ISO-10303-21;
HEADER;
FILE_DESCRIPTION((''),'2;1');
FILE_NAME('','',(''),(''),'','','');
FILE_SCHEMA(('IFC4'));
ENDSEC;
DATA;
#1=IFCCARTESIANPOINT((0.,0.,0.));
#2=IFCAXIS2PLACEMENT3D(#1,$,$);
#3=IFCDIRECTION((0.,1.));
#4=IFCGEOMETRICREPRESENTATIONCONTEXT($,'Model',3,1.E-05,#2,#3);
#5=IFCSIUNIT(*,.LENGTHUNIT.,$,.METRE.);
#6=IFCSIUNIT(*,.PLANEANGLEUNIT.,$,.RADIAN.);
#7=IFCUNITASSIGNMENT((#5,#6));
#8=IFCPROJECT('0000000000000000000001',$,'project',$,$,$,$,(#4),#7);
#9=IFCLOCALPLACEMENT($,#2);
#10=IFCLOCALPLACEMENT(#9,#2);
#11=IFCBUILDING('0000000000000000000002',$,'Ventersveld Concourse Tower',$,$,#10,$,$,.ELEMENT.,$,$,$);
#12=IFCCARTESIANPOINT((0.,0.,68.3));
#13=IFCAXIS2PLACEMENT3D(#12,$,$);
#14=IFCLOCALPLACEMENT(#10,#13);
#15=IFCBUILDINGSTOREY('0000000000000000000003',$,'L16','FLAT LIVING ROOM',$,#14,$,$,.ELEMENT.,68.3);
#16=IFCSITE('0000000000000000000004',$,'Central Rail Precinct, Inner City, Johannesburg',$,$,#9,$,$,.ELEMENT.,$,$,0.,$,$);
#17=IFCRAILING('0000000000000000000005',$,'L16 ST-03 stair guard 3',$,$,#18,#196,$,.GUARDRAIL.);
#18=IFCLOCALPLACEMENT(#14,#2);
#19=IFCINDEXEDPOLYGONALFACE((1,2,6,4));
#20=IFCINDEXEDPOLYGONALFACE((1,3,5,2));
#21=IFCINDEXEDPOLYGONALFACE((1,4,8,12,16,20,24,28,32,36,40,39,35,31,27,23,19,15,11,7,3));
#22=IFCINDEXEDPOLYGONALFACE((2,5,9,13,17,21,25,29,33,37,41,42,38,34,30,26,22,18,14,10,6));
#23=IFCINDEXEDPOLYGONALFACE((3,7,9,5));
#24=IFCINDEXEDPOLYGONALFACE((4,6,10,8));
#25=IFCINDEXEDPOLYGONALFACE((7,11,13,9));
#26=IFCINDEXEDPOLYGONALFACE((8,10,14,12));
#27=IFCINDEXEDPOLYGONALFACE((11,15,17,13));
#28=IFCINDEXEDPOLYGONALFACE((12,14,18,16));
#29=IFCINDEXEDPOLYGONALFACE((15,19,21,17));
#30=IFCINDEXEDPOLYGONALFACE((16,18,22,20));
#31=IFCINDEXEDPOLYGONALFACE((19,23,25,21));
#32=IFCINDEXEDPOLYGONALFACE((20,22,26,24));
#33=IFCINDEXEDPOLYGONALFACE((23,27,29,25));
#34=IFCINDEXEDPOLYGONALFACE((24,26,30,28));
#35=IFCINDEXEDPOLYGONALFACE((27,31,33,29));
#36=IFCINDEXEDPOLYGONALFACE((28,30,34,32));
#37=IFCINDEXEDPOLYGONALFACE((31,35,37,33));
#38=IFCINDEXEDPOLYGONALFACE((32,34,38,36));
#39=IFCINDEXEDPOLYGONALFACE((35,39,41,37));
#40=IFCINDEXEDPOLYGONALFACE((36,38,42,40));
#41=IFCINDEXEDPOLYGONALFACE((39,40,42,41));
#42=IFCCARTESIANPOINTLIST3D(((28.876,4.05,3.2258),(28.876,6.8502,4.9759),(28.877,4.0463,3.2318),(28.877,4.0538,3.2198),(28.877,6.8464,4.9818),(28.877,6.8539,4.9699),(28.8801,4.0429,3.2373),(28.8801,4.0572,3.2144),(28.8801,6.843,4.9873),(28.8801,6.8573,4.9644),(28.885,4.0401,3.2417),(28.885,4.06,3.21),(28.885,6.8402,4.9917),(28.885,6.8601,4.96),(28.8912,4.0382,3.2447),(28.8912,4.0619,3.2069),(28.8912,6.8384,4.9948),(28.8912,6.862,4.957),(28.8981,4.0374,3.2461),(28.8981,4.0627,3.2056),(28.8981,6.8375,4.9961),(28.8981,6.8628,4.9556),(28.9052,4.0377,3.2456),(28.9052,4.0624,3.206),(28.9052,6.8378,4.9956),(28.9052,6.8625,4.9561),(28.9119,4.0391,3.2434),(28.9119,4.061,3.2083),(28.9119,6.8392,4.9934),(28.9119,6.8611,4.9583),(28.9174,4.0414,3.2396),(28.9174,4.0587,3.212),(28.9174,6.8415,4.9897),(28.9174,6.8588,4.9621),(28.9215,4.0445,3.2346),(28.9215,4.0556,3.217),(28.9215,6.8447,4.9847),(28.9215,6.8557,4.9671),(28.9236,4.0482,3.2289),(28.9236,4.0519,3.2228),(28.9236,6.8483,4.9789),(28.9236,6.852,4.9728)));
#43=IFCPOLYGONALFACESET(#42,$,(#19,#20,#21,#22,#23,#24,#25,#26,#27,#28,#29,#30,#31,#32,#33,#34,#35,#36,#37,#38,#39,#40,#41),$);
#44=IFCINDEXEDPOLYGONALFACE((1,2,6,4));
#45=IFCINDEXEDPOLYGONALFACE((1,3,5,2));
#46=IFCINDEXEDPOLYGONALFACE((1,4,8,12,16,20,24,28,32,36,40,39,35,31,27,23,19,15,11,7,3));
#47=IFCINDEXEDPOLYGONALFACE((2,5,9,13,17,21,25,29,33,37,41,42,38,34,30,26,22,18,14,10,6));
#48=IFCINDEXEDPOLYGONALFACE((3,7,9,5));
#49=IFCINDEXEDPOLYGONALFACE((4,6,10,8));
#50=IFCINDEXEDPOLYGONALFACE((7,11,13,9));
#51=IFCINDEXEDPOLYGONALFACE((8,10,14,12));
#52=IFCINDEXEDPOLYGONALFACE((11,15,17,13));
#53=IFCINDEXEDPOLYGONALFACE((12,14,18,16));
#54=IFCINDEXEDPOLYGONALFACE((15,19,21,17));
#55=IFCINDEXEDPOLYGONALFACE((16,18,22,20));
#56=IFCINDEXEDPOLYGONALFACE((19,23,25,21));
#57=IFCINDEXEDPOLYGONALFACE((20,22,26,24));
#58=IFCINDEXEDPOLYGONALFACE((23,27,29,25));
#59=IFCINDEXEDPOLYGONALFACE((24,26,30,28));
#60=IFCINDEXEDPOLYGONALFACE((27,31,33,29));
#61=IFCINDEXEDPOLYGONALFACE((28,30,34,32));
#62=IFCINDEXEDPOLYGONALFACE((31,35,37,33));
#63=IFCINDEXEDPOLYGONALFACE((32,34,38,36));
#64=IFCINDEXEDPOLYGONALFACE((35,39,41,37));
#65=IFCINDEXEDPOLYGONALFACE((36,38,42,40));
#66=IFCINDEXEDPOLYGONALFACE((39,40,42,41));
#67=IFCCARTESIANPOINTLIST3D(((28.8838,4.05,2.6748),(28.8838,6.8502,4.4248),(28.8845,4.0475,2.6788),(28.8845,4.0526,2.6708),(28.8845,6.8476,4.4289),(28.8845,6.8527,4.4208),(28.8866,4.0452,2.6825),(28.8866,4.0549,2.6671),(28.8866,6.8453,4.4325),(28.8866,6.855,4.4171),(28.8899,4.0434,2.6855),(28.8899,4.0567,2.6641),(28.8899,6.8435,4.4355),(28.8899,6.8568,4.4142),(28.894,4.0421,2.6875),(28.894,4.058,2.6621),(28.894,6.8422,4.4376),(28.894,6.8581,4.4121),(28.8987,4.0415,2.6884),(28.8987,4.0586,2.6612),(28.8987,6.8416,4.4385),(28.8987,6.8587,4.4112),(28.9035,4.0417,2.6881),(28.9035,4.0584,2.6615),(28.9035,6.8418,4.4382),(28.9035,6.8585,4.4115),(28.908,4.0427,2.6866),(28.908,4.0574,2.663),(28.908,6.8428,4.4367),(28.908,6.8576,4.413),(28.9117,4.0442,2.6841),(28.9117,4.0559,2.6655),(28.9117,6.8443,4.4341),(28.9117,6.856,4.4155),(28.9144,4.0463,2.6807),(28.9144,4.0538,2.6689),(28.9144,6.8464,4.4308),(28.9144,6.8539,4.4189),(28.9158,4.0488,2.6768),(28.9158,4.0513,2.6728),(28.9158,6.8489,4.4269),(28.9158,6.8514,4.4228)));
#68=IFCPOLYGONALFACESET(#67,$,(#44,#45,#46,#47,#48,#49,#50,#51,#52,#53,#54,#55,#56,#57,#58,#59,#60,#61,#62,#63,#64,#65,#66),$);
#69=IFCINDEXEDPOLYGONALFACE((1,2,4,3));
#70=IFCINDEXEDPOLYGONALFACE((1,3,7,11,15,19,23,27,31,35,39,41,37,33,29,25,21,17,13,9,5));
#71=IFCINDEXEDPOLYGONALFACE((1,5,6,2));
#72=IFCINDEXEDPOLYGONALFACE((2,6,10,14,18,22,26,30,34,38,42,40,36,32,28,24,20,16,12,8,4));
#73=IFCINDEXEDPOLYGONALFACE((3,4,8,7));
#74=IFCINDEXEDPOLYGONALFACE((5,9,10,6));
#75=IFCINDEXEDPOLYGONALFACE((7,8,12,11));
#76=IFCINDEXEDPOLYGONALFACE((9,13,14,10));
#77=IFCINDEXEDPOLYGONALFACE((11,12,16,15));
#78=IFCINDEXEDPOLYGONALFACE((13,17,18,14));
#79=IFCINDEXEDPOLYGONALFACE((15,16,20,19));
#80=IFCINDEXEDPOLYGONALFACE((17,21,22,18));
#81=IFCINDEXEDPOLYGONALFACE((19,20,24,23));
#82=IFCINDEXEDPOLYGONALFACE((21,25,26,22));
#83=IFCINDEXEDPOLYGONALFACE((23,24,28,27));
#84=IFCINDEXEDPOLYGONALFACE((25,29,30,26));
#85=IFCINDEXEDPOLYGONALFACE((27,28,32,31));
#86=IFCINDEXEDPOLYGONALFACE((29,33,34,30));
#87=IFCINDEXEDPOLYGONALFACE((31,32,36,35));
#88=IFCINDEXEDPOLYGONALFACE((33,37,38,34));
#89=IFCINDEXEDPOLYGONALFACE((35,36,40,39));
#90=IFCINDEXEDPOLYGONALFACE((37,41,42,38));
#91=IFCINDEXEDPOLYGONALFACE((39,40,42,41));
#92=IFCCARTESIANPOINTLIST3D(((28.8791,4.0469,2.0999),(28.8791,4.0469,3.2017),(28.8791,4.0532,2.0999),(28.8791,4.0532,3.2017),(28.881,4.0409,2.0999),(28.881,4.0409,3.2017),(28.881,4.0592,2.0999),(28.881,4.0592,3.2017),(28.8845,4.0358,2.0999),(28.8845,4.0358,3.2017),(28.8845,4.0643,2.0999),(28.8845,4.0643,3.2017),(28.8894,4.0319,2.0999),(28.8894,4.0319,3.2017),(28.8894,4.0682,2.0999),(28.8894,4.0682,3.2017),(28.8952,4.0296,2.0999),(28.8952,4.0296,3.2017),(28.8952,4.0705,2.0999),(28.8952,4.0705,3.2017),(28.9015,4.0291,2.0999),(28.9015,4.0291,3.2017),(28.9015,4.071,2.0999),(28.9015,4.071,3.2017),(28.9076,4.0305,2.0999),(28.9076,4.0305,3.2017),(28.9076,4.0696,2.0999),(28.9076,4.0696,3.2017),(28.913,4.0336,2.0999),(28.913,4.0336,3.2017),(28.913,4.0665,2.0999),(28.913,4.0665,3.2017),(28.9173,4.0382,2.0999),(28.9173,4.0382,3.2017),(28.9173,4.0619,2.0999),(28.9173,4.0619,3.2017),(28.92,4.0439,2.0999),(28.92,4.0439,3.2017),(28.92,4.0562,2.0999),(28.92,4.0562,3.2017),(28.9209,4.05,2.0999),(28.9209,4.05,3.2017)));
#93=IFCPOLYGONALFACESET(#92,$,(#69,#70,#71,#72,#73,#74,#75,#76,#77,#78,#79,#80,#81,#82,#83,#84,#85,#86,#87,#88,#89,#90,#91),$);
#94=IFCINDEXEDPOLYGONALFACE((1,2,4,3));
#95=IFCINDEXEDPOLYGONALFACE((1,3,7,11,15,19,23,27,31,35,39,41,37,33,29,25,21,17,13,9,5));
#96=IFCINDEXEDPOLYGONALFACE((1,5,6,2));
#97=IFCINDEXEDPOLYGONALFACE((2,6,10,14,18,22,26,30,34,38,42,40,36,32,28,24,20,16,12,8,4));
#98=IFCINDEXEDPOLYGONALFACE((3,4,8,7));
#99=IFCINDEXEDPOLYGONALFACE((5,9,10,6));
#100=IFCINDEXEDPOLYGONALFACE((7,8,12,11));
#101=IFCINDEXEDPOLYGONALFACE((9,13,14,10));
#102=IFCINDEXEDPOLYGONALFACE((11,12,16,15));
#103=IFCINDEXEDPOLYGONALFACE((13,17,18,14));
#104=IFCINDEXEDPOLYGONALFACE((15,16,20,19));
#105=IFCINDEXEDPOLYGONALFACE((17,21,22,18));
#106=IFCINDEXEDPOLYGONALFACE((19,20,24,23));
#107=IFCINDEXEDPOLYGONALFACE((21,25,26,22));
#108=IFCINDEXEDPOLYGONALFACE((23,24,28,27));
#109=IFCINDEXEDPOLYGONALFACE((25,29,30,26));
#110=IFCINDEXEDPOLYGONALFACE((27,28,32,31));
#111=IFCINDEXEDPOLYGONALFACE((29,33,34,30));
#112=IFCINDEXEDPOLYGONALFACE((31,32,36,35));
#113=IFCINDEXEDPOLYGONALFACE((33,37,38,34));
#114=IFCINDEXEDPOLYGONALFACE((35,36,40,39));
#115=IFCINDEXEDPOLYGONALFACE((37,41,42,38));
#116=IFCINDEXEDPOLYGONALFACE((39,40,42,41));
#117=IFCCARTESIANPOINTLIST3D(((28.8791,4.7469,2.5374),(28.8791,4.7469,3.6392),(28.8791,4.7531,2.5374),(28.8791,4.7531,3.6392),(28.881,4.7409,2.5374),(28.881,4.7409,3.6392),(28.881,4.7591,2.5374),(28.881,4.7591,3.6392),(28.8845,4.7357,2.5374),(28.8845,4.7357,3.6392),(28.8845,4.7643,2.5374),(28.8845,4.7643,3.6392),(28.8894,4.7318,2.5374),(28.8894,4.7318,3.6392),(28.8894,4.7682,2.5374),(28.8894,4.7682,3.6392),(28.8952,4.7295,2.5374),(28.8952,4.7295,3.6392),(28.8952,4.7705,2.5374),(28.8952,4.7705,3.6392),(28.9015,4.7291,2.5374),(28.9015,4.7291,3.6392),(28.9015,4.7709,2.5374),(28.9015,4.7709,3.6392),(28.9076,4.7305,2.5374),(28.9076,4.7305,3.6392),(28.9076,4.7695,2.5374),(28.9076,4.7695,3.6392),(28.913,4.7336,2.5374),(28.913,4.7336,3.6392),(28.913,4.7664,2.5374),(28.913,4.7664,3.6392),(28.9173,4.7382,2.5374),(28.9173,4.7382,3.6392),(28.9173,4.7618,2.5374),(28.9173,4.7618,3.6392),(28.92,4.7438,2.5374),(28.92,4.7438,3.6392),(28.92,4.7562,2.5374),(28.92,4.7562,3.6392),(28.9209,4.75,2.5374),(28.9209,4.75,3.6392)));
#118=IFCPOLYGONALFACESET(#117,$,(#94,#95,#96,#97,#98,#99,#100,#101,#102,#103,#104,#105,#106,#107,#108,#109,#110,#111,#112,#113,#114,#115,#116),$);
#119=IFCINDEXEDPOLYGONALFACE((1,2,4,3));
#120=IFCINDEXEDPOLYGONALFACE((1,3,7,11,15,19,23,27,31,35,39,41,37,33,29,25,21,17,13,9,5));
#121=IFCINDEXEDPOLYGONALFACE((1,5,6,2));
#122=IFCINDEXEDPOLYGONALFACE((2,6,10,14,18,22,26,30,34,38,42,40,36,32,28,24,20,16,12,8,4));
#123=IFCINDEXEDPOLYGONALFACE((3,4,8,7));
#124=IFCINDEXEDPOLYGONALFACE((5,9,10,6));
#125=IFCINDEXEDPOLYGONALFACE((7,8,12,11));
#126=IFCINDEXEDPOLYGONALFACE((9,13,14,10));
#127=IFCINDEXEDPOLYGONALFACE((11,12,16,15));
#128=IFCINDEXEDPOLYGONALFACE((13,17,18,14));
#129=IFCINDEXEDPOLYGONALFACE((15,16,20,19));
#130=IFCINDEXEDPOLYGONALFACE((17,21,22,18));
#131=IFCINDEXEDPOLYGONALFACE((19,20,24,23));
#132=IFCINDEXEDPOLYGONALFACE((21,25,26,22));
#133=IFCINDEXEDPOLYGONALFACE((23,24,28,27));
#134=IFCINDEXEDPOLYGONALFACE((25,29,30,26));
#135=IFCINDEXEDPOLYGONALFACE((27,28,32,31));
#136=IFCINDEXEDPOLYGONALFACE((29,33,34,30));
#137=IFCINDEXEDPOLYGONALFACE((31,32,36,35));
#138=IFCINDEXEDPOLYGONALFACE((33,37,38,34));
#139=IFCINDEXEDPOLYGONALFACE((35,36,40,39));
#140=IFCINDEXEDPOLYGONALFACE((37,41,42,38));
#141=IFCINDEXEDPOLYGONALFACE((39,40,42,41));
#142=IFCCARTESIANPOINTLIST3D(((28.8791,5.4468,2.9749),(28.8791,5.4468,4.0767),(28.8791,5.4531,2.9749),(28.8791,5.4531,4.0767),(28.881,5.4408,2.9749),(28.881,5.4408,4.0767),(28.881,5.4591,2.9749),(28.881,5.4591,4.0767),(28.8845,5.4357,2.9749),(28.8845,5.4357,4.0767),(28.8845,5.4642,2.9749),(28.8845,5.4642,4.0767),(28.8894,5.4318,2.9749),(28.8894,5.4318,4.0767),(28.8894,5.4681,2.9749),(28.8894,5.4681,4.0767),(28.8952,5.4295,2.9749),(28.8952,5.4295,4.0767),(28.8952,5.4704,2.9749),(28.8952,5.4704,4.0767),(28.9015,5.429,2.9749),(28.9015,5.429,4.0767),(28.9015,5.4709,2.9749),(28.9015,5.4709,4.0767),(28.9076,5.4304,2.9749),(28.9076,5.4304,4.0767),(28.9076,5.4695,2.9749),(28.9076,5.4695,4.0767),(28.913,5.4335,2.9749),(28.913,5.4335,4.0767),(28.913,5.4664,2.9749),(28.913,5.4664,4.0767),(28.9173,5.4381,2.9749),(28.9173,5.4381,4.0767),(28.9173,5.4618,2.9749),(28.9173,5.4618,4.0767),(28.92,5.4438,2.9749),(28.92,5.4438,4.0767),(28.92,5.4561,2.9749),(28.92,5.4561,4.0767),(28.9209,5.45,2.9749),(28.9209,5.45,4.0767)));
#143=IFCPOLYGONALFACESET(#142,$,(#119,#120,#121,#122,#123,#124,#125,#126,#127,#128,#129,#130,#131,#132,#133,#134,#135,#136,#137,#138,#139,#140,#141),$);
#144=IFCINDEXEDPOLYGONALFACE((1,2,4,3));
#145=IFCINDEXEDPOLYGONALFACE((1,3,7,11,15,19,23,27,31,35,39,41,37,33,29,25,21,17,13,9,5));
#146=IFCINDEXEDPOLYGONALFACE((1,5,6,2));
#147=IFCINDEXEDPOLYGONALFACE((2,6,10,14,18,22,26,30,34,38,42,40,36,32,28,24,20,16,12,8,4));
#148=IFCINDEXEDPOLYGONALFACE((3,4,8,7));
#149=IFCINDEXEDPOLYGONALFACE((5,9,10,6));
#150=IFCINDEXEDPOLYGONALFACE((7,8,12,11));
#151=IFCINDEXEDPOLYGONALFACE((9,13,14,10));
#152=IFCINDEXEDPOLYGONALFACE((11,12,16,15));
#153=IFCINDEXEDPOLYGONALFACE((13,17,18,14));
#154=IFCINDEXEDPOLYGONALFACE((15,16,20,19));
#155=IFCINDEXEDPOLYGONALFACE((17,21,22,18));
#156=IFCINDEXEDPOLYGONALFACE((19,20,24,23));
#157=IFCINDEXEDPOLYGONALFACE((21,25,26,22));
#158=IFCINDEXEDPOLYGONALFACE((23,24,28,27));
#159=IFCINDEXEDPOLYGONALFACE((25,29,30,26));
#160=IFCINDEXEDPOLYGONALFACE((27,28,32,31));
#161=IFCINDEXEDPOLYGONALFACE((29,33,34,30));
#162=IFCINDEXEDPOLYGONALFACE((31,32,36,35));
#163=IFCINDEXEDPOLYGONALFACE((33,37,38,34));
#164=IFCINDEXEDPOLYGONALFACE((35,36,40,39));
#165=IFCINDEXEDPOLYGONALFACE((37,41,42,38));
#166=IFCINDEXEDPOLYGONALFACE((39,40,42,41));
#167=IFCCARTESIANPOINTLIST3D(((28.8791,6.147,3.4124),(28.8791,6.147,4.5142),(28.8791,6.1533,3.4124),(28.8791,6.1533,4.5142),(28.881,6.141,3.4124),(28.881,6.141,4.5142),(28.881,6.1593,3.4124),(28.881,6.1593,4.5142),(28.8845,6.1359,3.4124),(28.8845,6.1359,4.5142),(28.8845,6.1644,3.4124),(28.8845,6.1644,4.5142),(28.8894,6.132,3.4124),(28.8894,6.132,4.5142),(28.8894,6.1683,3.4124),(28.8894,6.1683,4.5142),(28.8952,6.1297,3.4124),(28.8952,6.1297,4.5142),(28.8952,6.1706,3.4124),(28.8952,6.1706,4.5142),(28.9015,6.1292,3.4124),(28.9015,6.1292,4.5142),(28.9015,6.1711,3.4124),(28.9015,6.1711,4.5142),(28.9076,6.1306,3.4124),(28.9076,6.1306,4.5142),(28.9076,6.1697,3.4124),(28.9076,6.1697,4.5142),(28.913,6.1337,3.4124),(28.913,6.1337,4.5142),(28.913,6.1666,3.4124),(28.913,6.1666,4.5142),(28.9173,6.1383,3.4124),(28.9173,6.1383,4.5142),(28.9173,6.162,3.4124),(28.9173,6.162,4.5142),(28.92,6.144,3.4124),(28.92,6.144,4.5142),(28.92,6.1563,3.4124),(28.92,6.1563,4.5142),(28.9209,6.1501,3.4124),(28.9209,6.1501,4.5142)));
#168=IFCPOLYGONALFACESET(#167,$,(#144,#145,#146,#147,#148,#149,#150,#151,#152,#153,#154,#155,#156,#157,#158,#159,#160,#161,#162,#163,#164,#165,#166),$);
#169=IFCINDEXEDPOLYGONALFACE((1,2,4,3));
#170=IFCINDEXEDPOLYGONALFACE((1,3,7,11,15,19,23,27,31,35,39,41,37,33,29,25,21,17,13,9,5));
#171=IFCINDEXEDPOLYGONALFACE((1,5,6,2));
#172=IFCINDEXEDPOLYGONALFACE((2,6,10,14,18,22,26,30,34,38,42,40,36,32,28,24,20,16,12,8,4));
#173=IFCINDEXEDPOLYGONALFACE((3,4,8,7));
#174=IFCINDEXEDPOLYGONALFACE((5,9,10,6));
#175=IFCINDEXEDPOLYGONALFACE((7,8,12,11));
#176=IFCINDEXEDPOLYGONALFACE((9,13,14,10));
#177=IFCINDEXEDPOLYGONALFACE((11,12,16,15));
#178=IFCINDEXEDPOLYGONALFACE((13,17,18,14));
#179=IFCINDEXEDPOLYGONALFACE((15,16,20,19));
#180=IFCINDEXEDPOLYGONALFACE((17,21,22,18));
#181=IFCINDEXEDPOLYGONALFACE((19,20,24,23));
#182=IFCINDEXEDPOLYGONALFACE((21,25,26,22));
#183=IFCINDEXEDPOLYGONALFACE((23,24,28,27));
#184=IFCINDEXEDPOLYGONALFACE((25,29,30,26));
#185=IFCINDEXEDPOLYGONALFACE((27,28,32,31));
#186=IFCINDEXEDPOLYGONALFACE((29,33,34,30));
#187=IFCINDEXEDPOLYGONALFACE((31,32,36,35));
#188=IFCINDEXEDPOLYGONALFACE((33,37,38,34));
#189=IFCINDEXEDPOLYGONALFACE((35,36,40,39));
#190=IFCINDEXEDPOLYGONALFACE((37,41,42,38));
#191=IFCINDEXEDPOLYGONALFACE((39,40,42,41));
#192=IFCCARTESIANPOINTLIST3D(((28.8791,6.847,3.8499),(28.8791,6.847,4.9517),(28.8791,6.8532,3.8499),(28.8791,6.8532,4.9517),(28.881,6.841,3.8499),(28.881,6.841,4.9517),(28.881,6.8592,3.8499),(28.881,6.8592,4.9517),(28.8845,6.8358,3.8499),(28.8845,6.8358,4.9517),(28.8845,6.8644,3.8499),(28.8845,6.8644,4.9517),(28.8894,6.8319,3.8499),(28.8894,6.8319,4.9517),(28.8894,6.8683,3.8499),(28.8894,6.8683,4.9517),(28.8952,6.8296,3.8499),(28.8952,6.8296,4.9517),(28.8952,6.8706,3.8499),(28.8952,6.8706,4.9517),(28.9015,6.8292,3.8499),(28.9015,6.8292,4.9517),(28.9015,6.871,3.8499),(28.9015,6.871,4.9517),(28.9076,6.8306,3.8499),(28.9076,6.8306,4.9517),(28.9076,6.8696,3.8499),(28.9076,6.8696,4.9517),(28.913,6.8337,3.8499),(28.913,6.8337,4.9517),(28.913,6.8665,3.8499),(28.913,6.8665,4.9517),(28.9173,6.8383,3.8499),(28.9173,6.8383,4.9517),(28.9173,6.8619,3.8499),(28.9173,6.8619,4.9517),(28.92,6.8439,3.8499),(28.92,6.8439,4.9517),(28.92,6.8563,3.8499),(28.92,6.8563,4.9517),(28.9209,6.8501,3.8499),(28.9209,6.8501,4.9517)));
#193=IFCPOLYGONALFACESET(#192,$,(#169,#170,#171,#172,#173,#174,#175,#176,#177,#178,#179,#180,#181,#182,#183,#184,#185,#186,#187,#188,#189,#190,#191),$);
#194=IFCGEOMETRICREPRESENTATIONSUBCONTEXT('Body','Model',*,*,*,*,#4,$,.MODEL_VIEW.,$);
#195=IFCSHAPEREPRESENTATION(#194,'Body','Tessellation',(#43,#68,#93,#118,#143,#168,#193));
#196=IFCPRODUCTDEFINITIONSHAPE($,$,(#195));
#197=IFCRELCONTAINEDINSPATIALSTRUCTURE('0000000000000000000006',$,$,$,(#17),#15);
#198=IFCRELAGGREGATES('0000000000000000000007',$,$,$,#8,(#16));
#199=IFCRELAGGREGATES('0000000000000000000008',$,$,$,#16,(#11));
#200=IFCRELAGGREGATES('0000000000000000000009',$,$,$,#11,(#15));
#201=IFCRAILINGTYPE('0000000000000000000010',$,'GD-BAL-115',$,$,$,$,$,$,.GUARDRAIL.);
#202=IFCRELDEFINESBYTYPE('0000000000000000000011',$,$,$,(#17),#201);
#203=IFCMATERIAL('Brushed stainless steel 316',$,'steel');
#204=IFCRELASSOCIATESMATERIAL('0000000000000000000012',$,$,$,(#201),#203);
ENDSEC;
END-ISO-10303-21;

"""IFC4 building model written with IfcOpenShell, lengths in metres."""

from ifc_helpers import new_model, si_unit, direction, frame, origin, origin_2d, place, context, subcontext, project, spatial, circle, extrude, material, type_object, element, save


model = new_model("IFC4")

# Units and contexts
model_context = context("Model", 3, precision=1e-05, world=origin(), true_north=direction((0.0, 1.0)))
body_context = subcontext(model_context, "Body", "Model", "MODEL_VIEW")
ifc_project = project(units=[si_unit("LENGTHUNIT", "METRE"), si_unit("PLANEANGLEUNIT", "RADIAN")], contexts=[model_context])

# Site, building, storey
site_placement = place(None, origin())
site = spatial("IfcSite", under=ifc_project, at=site_placement, Name="Central Rail Precinct, Inner City, Johannesburg", CompositionType="ELEMENT", RefElevation=0.0)
building_placement = place(site_placement, origin())
building = spatial("IfcBuilding", under=site, at=building_placement, Name="Ventersveld Concourse Tower", CompositionType="ELEMENT")
storey_placement = place(building_placement, frame((0.0, 0.0, 68.3)))
storey = spatial("IfcBuildingStorey", under=building, at=storey_placement, Name="L16", Description="FLAT LIVING ROOM", CompositionType="ELEMENT", Elevation=68.3)

# Railing
ifc_material_1 = material(Name="Brushed stainless steel 316", Category="steel")
railing_type_1 = type_object("IfcRailingType", Name="GD-BAL-115", PredefinedType="GUARDRAIL", material=ifc_material_1)
railing_1_placement = place(storey_placement, frame((28.8999, 4.05, 2.0999)))
element("IfcRailing", 1, at=railing_1_placement, inside=storey, type_object=railing_type_1, Name="L16 ST-03 stair guard 3", PredefinedType="GUARDRAIL", context=body_context, shape_type="SweptSolid", body=[
    extrude(circle(Radius=0.0239, at=origin_2d()), frame((0.0, 0.0, 1.126), z_axis=(0.0, 0.848002, 0.529992), x_axis=(-1.0, 0.0, 0.0)), (0.0, 0.0, 1.0), 3.302),
    extrude(circle(Radius=0.0161, at=origin_2d()), frame((0.0, 0.0, 0.575), z_axis=(0.0, 0.848002, 0.529992), x_axis=(-1.0, 0.0, 0.0)), (0.0, 0.0, 1.0), 3.302),
    extrude(circle(Radius=0.021, at=origin_2d()), origin(), (0.0, 0.0, 1.0), 1.1018),
    extrude(circle(Radius=0.021, at=origin_2d()), frame((0.0, 0.7, 0.4375)), (0.0, 0.0, 1.0), 1.1018),
    extrude(circle(Radius=0.021, at=origin_2d()), frame((0.0, 1.3999, 0.875)), (0.0, 0.0, 1.0), 1.1018),
    extrude(circle(Radius=0.021, at=origin_2d()), frame((0.0, 2.1001, 1.3125)), (0.0, 0.0, 1.0), 1.1018),
    extrude(circle(Radius=0.021, at=origin_2d()), frame((0.0, 2.8, 1.75)), (0.0, 0.0, 1.0), 1.1018),
])

save(model, "model.ifc")
